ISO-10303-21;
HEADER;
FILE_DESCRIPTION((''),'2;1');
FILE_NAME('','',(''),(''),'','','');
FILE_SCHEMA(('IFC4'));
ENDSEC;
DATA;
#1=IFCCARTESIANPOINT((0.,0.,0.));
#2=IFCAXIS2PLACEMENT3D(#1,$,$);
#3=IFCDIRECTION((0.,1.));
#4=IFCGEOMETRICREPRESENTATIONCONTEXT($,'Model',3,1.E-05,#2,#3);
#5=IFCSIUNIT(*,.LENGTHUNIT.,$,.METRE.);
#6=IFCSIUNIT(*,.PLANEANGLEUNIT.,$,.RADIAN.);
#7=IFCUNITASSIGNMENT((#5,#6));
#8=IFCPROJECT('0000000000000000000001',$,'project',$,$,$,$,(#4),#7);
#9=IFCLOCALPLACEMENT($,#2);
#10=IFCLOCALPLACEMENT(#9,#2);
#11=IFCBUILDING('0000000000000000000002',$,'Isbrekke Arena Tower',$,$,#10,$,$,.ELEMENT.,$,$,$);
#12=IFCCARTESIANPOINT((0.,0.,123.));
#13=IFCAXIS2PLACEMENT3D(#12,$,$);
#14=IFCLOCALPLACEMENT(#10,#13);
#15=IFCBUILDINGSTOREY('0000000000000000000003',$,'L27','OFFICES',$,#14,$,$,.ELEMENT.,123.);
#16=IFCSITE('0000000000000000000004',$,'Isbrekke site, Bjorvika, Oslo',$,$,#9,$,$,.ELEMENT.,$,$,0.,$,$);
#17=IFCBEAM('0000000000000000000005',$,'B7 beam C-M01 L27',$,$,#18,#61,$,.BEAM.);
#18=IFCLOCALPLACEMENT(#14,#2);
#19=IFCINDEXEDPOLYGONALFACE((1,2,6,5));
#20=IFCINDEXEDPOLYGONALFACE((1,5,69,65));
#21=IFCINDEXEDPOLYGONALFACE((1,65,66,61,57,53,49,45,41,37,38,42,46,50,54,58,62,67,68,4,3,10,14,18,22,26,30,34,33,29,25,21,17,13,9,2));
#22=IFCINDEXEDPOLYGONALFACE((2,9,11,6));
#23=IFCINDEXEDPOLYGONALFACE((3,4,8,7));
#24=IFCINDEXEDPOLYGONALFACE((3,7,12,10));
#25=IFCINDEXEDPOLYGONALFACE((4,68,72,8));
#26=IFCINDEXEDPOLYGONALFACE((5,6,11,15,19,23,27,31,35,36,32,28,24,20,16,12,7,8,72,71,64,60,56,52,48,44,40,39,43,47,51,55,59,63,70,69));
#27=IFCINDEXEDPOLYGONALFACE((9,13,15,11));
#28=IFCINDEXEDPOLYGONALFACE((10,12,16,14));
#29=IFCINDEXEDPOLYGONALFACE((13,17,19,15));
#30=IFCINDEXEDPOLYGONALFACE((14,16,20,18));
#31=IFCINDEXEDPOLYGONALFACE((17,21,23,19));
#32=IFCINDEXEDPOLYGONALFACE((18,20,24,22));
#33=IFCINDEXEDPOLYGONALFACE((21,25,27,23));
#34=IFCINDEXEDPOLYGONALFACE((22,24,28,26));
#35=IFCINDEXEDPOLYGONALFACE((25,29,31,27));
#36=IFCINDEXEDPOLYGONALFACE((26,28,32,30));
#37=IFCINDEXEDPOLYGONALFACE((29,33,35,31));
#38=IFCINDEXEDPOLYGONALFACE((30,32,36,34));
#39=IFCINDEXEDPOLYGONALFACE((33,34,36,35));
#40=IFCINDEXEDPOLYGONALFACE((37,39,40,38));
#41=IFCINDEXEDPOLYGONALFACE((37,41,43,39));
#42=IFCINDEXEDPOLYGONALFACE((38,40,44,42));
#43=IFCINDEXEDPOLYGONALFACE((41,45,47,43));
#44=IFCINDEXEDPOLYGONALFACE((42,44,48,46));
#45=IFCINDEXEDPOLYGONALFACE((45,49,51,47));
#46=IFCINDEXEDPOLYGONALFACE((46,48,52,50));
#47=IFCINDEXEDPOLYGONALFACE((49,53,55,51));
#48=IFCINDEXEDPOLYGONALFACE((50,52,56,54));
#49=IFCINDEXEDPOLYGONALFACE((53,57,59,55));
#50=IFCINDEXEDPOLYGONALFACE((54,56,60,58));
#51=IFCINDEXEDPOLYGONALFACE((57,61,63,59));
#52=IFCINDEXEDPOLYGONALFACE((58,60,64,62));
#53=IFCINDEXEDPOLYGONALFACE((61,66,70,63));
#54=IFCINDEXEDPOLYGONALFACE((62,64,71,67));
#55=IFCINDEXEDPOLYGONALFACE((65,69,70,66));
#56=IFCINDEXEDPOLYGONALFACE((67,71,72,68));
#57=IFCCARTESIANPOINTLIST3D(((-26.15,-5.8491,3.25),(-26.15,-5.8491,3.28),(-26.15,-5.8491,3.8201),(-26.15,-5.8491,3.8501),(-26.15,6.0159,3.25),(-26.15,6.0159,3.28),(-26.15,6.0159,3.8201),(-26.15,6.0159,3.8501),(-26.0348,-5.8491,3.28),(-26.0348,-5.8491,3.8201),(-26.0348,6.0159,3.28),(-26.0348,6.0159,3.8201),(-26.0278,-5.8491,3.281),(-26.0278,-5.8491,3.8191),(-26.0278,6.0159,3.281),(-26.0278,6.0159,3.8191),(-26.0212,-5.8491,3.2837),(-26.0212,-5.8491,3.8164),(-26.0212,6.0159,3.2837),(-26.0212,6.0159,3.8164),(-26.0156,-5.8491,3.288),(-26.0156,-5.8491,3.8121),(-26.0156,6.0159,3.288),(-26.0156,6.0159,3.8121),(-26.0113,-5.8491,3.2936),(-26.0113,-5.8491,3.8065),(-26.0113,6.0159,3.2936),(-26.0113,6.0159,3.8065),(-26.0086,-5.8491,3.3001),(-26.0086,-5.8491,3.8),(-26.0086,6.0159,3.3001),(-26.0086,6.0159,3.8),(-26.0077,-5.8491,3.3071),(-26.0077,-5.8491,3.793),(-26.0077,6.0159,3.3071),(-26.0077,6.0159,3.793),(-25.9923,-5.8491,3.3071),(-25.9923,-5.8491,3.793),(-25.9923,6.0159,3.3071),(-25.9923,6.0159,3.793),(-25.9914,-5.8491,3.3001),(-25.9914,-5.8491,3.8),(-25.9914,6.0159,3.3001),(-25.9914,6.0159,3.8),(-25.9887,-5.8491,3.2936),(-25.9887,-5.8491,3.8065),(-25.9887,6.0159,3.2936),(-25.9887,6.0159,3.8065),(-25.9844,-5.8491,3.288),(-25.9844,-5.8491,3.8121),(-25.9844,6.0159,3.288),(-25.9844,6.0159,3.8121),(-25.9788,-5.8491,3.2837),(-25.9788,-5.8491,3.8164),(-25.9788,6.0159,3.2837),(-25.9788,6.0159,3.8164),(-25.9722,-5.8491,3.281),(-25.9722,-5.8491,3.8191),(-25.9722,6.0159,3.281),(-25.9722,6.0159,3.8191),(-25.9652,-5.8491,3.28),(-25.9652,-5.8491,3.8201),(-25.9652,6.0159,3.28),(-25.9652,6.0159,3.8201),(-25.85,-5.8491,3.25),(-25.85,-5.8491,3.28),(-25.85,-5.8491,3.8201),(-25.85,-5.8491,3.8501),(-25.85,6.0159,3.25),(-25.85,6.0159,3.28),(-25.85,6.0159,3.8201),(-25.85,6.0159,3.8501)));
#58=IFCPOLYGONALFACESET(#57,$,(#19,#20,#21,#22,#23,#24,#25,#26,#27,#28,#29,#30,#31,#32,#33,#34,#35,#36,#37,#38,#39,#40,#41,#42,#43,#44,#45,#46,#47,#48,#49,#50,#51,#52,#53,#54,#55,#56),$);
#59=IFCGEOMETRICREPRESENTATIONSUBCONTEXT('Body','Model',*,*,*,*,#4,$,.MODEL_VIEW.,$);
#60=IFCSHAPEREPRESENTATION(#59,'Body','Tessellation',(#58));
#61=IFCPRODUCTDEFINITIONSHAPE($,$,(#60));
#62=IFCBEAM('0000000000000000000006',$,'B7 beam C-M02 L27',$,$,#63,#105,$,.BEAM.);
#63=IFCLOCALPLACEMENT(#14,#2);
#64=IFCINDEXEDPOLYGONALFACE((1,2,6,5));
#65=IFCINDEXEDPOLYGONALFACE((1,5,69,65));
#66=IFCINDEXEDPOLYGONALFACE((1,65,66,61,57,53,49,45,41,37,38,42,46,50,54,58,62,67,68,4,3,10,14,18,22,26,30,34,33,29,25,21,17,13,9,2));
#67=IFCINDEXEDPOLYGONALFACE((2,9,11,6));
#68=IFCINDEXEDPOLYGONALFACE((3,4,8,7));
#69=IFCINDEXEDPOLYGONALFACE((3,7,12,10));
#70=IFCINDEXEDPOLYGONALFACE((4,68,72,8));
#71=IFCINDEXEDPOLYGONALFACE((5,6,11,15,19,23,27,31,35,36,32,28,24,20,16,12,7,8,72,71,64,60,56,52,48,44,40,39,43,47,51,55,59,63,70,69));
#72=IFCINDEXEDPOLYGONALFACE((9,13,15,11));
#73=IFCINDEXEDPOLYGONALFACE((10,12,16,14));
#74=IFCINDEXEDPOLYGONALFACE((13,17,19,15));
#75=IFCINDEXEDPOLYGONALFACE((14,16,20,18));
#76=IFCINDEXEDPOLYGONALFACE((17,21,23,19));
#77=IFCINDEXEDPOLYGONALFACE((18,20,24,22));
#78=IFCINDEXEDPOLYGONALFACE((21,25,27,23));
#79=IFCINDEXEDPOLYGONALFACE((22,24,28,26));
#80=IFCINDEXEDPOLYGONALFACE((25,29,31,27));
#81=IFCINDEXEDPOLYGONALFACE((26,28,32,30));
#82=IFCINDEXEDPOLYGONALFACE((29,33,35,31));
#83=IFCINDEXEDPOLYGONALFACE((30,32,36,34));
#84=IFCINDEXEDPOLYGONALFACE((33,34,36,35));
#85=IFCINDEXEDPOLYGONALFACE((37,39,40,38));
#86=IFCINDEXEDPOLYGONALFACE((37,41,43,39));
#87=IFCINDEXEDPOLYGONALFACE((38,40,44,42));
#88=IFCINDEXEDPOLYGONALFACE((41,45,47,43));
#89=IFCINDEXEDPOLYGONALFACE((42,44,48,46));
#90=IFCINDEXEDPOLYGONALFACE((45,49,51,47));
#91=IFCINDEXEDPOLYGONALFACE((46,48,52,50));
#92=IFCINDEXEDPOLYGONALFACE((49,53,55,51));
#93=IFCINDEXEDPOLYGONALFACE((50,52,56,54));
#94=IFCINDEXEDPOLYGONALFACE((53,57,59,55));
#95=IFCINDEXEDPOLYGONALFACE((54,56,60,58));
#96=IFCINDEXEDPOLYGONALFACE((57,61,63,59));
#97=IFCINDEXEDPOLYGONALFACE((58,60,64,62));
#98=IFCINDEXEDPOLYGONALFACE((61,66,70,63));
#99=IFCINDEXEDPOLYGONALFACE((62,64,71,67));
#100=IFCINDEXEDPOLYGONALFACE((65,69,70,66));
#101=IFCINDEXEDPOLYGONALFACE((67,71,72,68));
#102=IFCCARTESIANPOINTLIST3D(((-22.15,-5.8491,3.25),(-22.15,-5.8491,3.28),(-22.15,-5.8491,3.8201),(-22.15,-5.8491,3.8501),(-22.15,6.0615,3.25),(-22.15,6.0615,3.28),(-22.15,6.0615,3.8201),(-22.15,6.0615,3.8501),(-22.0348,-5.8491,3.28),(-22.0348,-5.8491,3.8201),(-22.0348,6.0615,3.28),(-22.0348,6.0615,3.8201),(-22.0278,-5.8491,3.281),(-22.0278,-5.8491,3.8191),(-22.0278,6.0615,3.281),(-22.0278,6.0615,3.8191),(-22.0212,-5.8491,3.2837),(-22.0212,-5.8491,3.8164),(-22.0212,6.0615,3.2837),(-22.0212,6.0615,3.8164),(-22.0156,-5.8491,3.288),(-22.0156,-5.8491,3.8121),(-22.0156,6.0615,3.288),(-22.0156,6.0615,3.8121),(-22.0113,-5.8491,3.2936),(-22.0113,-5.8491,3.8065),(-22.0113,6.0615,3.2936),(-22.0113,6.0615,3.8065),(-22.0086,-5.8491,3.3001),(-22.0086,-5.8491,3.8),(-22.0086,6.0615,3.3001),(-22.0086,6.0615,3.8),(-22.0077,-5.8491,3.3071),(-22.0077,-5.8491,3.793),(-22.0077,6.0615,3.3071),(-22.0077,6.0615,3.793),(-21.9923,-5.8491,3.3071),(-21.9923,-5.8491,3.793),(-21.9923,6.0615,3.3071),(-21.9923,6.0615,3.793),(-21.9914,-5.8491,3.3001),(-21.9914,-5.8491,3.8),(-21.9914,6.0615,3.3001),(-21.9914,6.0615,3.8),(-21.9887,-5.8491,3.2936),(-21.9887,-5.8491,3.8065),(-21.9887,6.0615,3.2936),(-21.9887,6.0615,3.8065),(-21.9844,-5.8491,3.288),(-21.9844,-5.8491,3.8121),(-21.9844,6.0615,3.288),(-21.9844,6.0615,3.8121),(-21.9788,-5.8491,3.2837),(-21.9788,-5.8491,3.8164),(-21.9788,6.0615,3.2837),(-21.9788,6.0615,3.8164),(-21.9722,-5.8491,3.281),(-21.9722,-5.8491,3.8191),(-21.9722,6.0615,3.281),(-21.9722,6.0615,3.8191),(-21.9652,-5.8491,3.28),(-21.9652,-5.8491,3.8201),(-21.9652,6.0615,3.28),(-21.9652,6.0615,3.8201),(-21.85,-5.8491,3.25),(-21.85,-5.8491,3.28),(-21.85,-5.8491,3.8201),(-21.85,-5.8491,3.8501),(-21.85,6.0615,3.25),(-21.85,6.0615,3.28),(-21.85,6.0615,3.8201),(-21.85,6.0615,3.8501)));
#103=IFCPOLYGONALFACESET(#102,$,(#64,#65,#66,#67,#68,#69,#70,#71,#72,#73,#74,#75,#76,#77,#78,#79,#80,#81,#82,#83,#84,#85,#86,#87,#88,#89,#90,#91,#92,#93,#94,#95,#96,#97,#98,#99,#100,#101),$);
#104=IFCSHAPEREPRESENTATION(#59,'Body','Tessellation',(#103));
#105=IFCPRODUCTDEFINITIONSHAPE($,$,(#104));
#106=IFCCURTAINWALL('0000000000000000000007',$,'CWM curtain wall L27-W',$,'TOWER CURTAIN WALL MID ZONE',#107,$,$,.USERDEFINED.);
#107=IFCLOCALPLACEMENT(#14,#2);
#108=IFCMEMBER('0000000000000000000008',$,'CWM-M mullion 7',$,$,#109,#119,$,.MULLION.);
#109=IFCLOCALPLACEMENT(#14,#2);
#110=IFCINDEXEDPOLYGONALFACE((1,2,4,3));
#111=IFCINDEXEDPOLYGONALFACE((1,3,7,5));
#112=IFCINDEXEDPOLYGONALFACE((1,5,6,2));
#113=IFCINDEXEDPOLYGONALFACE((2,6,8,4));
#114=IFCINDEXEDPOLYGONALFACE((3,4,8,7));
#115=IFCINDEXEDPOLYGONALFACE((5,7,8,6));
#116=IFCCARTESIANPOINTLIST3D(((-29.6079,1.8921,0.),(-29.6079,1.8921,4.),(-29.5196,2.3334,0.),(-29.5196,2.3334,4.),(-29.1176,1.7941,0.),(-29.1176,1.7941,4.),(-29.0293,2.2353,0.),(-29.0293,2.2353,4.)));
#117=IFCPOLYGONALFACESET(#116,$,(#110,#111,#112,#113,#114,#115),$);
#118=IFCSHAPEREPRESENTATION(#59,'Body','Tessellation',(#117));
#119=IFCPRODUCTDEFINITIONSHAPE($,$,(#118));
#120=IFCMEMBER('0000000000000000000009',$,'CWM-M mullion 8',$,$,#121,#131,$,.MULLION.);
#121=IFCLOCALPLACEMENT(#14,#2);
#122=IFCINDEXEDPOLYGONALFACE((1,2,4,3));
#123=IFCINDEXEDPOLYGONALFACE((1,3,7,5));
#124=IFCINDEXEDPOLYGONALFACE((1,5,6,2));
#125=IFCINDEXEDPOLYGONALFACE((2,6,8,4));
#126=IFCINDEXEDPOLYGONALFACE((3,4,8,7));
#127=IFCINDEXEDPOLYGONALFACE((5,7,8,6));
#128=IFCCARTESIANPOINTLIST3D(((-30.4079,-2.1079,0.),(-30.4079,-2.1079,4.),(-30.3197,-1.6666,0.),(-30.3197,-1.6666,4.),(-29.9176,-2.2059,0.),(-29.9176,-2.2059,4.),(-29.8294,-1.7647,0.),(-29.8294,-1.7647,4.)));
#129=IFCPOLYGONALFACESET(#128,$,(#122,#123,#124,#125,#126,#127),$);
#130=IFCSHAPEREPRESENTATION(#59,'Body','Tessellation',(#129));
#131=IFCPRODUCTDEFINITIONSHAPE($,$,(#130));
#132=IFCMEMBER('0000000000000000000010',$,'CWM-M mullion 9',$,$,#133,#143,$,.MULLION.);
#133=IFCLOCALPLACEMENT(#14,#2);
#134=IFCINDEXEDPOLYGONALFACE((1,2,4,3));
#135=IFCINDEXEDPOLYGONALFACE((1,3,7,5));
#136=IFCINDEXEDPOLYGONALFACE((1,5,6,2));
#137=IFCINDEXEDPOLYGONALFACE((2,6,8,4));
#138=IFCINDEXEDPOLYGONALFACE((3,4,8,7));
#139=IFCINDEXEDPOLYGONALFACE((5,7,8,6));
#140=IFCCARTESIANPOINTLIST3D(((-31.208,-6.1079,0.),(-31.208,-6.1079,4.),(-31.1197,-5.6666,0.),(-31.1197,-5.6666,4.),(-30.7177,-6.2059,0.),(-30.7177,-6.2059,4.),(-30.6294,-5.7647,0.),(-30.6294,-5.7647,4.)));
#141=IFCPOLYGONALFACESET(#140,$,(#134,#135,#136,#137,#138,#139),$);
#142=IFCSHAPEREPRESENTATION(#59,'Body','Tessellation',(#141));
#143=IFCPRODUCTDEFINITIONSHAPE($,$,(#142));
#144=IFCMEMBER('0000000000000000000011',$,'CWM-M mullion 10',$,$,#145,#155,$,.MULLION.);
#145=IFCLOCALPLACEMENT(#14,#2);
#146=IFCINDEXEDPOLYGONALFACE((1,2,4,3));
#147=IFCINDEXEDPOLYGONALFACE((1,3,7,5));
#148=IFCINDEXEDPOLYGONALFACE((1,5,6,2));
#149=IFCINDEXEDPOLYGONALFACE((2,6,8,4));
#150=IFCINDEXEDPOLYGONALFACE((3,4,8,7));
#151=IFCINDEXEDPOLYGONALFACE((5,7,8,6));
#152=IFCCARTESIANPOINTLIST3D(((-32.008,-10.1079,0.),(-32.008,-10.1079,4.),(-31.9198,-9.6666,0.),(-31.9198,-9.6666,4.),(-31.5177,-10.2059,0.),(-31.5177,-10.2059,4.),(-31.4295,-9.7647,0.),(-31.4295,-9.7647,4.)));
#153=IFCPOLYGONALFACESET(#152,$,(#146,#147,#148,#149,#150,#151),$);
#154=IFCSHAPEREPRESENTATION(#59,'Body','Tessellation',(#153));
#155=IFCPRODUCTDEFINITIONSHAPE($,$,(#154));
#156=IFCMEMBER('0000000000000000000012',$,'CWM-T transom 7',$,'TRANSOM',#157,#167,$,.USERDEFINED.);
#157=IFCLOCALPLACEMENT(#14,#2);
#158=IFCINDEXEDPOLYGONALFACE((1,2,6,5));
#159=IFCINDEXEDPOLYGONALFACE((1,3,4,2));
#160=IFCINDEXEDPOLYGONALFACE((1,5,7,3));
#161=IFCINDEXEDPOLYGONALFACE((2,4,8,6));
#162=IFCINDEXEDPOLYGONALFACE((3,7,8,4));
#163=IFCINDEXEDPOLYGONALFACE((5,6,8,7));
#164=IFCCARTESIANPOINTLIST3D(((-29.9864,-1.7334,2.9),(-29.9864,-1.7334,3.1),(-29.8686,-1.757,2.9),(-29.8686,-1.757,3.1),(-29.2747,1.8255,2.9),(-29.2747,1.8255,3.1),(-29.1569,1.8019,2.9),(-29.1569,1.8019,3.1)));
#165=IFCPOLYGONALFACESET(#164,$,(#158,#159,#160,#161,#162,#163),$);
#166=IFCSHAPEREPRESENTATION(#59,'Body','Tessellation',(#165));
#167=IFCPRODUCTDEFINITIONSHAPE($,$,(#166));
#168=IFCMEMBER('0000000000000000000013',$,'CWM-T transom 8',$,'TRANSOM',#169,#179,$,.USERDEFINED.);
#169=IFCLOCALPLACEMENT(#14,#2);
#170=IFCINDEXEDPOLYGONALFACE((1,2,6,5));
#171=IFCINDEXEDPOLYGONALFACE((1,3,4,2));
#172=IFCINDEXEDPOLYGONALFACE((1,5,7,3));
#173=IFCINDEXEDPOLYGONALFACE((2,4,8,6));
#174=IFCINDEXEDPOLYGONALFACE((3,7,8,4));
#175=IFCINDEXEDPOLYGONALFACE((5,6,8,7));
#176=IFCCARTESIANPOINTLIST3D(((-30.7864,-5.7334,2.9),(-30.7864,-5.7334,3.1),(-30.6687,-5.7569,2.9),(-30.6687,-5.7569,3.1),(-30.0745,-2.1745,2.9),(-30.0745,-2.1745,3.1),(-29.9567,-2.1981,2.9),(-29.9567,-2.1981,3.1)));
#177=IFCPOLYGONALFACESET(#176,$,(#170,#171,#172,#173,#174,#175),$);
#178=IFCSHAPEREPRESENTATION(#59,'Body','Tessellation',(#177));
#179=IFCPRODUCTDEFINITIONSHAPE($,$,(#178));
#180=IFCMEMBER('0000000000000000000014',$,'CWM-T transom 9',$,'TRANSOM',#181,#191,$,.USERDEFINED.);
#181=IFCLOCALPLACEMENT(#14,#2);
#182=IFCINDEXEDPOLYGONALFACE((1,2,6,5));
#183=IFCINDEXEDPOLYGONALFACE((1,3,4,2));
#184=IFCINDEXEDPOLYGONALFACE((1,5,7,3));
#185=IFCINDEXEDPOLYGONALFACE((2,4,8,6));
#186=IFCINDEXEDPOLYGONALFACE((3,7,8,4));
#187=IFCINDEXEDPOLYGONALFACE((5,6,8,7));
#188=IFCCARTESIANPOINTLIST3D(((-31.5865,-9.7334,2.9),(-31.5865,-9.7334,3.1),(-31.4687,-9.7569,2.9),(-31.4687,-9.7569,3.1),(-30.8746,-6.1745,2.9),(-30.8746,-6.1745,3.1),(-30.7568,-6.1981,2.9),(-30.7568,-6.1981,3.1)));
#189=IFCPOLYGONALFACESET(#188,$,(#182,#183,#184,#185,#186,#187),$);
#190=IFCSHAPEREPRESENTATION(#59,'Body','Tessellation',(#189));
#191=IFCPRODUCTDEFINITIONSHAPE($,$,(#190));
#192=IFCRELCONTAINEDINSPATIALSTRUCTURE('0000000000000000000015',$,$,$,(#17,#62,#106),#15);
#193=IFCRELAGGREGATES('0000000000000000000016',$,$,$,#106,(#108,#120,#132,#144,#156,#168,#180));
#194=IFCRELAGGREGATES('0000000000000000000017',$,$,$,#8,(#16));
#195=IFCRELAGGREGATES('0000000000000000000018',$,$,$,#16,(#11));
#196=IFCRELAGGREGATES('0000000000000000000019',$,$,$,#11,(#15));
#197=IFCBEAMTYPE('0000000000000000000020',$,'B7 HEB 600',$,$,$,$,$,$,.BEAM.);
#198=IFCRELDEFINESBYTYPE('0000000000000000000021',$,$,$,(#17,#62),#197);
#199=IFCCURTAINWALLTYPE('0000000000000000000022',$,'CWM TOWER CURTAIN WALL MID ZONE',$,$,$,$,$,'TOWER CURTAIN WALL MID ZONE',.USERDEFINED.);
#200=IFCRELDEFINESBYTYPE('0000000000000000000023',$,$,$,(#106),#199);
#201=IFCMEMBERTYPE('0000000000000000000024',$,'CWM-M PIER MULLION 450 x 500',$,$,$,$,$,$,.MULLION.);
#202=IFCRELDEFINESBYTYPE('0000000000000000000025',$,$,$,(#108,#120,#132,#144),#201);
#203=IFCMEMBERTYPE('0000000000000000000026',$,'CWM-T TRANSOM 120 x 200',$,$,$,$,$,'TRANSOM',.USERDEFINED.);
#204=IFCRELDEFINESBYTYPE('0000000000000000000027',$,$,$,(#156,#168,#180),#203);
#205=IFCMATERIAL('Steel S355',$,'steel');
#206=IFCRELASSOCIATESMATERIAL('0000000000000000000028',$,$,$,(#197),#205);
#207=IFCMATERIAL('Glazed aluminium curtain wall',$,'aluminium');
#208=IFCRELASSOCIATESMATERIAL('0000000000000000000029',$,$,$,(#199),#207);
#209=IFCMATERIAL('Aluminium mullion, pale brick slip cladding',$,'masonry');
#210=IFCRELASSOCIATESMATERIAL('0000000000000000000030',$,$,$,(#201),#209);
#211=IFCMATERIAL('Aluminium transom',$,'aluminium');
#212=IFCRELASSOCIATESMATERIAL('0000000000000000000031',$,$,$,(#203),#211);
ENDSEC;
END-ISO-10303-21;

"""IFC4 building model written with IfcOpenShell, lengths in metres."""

from ifc_helpers import new_model, si_unit, direction, frame, origin, origin_2d, place, context, subcontext, project, spatial, rectangle, i_section, extrude, material, material_profile, profile_set, type_object, element, aggregate, save


model = new_model("IFC4")

# Units and contexts
model_context = context("Model", 3, precision=1e-05, world=origin(), true_north=direction((0.0, 1.0)))
body_context = subcontext(model_context, "Body", "Model", "MODEL_VIEW")
ifc_project = project(units=[si_unit("LENGTHUNIT", "METRE"), si_unit("PLANEANGLEUNIT", "RADIAN")], contexts=[model_context])

# Site, building, storey
site_placement = place(None, origin())
site = spatial("IfcSite", under=ifc_project, at=site_placement, Name="Isbrekke site, Bjorvika, Oslo", CompositionType="ELEMENT", RefElevation=0.0)
building_placement = place(site_placement, origin())
building = spatial("IfcBuilding", under=site, at=building_placement, Name="Isbrekke Arena Tower", CompositionType="ELEMENT")
storey_placement = place(building_placement, frame((0.0, 0.0, 123.0)))
storey = spatial("IfcBuildingStorey", under=building, at=storey_placement, Name="L27", Description="OFFICES", CompositionType="ELEMENT", Elevation=123.0)

# Beams
ifc_material_1 = material(Name="Steel S355", Category="steel")
ifc_material_profile_1 = material_profile(ifc_material_1, i_section(OverallWidth=0.3, OverallDepth=0.6001, WebThickness=0.0154, FlangeThickness=0.03, FilletRadius=0.0271, at=origin_2d()), Name="HEB 600")
ifc_profile_set_1 = profile_set([ifc_material_profile_1], Name="Steel S355")
beam_type_1 = type_object("IfcBeamType", Name="B7 HEB 600", PredefinedType="BEAM", material=ifc_profile_set_1)
beam_1_placement = place(storey_placement, frame((-26.0, -5.8491, 3.55), z_axis=(0.0, 1.0, 0.0), x_axis=(-1.0, 0.0, 0.0)))
element("IfcBeam", 1, at=beam_1_placement, inside=storey, type_object=beam_type_1, Name="B7 beam C-M01 L27", PredefinedType="BEAM", context=body_context, shape_type="SweptSolid", body=[
    extrude(i_section(OverallWidth=0.3, OverallDepth=0.6001, WebThickness=0.0154, FlangeThickness=0.03, FilletRadius=0.0271, at=origin_2d()), origin(), (0.0, 0.0, 1.0), 11.865),
])
beam_2_placement = place(storey_placement, frame((-22.0, -5.8491, 3.55), z_axis=(0.0, 1.0, 0.0), x_axis=(-1.0, 0.0, 0.0)))
element("IfcBeam", 2, at=beam_2_placement, inside=storey, type_object=beam_type_1, Name="B7 beam C-M02 L27", PredefinedType="BEAM", context=body_context, shape_type="SweptSolid", body=[
    extrude(i_section(OverallWidth=0.3, OverallDepth=0.6001, WebThickness=0.0154, FlangeThickness=0.03, FilletRadius=0.0271, at=origin_2d()), origin(), (0.0, 0.0, 1.0), 11.9106),
])

# Curtain wall, members
ifc_material_2 = material(Name="Glazed aluminium curtain wall", Category="aluminium")
curtain_wall_type = type_object("IfcCurtainWallType", Name="CWM TOWER CURTAIN WALL MID ZONE", ElementType="TOWER CURTAIN WALL MID ZONE", PredefinedType="USERDEFINED", material=ifc_material_2)
curtain_wall_placement = place(storey_placement, origin())
curtain_wall = element("IfcCurtainWall", 3, at=curtain_wall_placement, inside=storey, type_object=curtain_wall_type, Name="CWM curtain wall L27-W", ObjectType="TOWER CURTAIN WALL MID ZONE", PredefinedType="USERDEFINED")
ifc_material_3 = material(Name="Aluminium mullion, pale brick slip cladding", Category="masonry")
ifc_material_profile_2 = material_profile(ifc_material_3, rectangle(XDim=0.45, YDim=0.5, at=origin_2d()), Name="PIER 450X500")
ifc_profile_set_2 = profile_set([ifc_material_profile_2], Name="Aluminium mullion, pale brick slip cladding")
member_type_1 = type_object("IfcMemberType", Name="CWM-M PIER MULLION 450 x 500", PredefinedType="MULLION", material=ifc_profile_set_2)
member_1_placement = place(storey_placement, frame((-29.3186, 2.0637, 0.0), z_axis=(0.0, 0.0, 1.0), x_axis=(-0.196116, -0.980581, 0.0)))
member_1 = element("IfcMember", 4, at=member_1_placement, type_object=member_type_1, Name="CWM-M mullion 7", PredefinedType="MULLION", context=body_context, shape_type="SweptSolid", body=[
    extrude(rectangle(XDim=0.45, YDim=0.5, at=origin_2d()), origin(), (0.0, 0.0, 1.0), 4.0),
])
member_2_placement = place(storey_placement, frame((-30.1187, -1.9363, 0.0), z_axis=(0.0, 0.0, 1.0), x_axis=(-0.196116, -0.980581, 0.0)))
member_2 = element("IfcMember", 5, at=member_2_placement, type_object=member_type_1, Name="CWM-M mullion 8", PredefinedType="MULLION", context=body_context, shape_type="SweptSolid", body=[
    extrude(rectangle(XDim=0.45, YDim=0.5, at=origin_2d()), origin(), (0.0, 0.0, 1.0), 4.0),
])
member_3_placement = place(storey_placement, frame((-30.9187, -5.9363, 0.0), z_axis=(0.0, 0.0, 1.0), x_axis=(-0.196116, -0.980581, 0.0)))
member_3 = element("IfcMember", 6, at=member_3_placement, type_object=member_type_1, Name="CWM-M mullion 9", PredefinedType="MULLION", context=body_context, shape_type="SweptSolid", body=[
    extrude(rectangle(XDim=0.45, YDim=0.5, at=origin_2d()), origin(), (0.0, 0.0, 1.0), 4.0),
])
member_4_placement = place(storey_placement, frame((-31.7188, -9.9363, 0.0), z_axis=(0.0, 0.0, 1.0), x_axis=(-0.196116, -0.980581, 0.0)))
member_4 = element("IfcMember", 7, at=member_4_placement, type_object=member_type_1, Name="CWM-M mullion 10", PredefinedType="MULLION", context=body_context, shape_type="SweptSolid", body=[
    extrude(rectangle(XDim=0.45, YDim=0.5, at=origin_2d()), origin(), (0.0, 0.0, 1.0), 4.0),
])
ifc_material_4 = material(Name="Aluminium transom", Category="aluminium")
ifc_material_profile_3 = material_profile(ifc_material_4, rectangle(XDim=0.1201, YDim=0.2, at=origin_2d()), Name="TRANSOM 120X200")
ifc_profile_set_3 = profile_set([ifc_material_profile_3], Name="Aluminium transom")
member_type_2 = type_object("IfcMemberType", Name="CWM-T TRANSOM 120 x 200", ElementType="TRANSOM", PredefinedType="USERDEFINED", material=ifc_profile_set_3)
member_5_placement = place(storey_placement, frame((-29.2158, 1.8137, 3.0), z_axis=(-0.19609, -0.980586, 0.0), x_axis=(0.980586, -0.19609, 0.0)))
member_5 = element("IfcMember", 8, at=member_5_placement, type_object=member_type_2, Name="CWM-T transom 7", ObjectType="TRANSOM", PredefinedType="USERDEFINED", context=body_context, shape_type="SweptSolid", body=[
    extrude(rectangle(XDim=0.1201, YDim=0.2, at=origin_2d()), origin(), (0.0, 0.0, 1.0), 3.6294),
])
member_6_placement = place(storey_placement, frame((-30.0156, -2.1863, 3.0), z_axis=(-0.196155, -0.980573, 0.0), x_axis=(0.980573, -0.196155, 0.0)))
member_6 = element("IfcMember", 9, at=member_6_placement, type_object=member_type_2, Name="CWM-T transom 8", ObjectType="TRANSOM", PredefinedType="USERDEFINED", context=body_context, shape_type="SweptSolid", body=[
    extrude(rectangle(XDim=0.1201, YDim=0.2, at=origin_2d()), origin(), (0.0, 0.0, 1.0), 3.6294),
])
member_7_placement = place(storey_placement, frame((-30.8157, -6.1863, 3.0), z_axis=(-0.196155, -0.980573, 0.0), x_axis=(0.980573, -0.196155, 0.0)))
member_7 = element("IfcMember", 10, at=member_7_placement, type_object=member_type_2, Name="CWM-T transom 9", ObjectType="TRANSOM", PredefinedType="USERDEFINED", context=body_context, shape_type="SweptSolid", body=[
    extrude(rectangle(XDim=0.1201, YDim=0.2, at=origin_2d()), origin(), (0.0, 0.0, 1.0), 3.6294),
])

aggregate(curtain_wall, [member_1, member_2, member_3, member_4, member_5, member_6, member_7])

save(model, "model.ifc")
